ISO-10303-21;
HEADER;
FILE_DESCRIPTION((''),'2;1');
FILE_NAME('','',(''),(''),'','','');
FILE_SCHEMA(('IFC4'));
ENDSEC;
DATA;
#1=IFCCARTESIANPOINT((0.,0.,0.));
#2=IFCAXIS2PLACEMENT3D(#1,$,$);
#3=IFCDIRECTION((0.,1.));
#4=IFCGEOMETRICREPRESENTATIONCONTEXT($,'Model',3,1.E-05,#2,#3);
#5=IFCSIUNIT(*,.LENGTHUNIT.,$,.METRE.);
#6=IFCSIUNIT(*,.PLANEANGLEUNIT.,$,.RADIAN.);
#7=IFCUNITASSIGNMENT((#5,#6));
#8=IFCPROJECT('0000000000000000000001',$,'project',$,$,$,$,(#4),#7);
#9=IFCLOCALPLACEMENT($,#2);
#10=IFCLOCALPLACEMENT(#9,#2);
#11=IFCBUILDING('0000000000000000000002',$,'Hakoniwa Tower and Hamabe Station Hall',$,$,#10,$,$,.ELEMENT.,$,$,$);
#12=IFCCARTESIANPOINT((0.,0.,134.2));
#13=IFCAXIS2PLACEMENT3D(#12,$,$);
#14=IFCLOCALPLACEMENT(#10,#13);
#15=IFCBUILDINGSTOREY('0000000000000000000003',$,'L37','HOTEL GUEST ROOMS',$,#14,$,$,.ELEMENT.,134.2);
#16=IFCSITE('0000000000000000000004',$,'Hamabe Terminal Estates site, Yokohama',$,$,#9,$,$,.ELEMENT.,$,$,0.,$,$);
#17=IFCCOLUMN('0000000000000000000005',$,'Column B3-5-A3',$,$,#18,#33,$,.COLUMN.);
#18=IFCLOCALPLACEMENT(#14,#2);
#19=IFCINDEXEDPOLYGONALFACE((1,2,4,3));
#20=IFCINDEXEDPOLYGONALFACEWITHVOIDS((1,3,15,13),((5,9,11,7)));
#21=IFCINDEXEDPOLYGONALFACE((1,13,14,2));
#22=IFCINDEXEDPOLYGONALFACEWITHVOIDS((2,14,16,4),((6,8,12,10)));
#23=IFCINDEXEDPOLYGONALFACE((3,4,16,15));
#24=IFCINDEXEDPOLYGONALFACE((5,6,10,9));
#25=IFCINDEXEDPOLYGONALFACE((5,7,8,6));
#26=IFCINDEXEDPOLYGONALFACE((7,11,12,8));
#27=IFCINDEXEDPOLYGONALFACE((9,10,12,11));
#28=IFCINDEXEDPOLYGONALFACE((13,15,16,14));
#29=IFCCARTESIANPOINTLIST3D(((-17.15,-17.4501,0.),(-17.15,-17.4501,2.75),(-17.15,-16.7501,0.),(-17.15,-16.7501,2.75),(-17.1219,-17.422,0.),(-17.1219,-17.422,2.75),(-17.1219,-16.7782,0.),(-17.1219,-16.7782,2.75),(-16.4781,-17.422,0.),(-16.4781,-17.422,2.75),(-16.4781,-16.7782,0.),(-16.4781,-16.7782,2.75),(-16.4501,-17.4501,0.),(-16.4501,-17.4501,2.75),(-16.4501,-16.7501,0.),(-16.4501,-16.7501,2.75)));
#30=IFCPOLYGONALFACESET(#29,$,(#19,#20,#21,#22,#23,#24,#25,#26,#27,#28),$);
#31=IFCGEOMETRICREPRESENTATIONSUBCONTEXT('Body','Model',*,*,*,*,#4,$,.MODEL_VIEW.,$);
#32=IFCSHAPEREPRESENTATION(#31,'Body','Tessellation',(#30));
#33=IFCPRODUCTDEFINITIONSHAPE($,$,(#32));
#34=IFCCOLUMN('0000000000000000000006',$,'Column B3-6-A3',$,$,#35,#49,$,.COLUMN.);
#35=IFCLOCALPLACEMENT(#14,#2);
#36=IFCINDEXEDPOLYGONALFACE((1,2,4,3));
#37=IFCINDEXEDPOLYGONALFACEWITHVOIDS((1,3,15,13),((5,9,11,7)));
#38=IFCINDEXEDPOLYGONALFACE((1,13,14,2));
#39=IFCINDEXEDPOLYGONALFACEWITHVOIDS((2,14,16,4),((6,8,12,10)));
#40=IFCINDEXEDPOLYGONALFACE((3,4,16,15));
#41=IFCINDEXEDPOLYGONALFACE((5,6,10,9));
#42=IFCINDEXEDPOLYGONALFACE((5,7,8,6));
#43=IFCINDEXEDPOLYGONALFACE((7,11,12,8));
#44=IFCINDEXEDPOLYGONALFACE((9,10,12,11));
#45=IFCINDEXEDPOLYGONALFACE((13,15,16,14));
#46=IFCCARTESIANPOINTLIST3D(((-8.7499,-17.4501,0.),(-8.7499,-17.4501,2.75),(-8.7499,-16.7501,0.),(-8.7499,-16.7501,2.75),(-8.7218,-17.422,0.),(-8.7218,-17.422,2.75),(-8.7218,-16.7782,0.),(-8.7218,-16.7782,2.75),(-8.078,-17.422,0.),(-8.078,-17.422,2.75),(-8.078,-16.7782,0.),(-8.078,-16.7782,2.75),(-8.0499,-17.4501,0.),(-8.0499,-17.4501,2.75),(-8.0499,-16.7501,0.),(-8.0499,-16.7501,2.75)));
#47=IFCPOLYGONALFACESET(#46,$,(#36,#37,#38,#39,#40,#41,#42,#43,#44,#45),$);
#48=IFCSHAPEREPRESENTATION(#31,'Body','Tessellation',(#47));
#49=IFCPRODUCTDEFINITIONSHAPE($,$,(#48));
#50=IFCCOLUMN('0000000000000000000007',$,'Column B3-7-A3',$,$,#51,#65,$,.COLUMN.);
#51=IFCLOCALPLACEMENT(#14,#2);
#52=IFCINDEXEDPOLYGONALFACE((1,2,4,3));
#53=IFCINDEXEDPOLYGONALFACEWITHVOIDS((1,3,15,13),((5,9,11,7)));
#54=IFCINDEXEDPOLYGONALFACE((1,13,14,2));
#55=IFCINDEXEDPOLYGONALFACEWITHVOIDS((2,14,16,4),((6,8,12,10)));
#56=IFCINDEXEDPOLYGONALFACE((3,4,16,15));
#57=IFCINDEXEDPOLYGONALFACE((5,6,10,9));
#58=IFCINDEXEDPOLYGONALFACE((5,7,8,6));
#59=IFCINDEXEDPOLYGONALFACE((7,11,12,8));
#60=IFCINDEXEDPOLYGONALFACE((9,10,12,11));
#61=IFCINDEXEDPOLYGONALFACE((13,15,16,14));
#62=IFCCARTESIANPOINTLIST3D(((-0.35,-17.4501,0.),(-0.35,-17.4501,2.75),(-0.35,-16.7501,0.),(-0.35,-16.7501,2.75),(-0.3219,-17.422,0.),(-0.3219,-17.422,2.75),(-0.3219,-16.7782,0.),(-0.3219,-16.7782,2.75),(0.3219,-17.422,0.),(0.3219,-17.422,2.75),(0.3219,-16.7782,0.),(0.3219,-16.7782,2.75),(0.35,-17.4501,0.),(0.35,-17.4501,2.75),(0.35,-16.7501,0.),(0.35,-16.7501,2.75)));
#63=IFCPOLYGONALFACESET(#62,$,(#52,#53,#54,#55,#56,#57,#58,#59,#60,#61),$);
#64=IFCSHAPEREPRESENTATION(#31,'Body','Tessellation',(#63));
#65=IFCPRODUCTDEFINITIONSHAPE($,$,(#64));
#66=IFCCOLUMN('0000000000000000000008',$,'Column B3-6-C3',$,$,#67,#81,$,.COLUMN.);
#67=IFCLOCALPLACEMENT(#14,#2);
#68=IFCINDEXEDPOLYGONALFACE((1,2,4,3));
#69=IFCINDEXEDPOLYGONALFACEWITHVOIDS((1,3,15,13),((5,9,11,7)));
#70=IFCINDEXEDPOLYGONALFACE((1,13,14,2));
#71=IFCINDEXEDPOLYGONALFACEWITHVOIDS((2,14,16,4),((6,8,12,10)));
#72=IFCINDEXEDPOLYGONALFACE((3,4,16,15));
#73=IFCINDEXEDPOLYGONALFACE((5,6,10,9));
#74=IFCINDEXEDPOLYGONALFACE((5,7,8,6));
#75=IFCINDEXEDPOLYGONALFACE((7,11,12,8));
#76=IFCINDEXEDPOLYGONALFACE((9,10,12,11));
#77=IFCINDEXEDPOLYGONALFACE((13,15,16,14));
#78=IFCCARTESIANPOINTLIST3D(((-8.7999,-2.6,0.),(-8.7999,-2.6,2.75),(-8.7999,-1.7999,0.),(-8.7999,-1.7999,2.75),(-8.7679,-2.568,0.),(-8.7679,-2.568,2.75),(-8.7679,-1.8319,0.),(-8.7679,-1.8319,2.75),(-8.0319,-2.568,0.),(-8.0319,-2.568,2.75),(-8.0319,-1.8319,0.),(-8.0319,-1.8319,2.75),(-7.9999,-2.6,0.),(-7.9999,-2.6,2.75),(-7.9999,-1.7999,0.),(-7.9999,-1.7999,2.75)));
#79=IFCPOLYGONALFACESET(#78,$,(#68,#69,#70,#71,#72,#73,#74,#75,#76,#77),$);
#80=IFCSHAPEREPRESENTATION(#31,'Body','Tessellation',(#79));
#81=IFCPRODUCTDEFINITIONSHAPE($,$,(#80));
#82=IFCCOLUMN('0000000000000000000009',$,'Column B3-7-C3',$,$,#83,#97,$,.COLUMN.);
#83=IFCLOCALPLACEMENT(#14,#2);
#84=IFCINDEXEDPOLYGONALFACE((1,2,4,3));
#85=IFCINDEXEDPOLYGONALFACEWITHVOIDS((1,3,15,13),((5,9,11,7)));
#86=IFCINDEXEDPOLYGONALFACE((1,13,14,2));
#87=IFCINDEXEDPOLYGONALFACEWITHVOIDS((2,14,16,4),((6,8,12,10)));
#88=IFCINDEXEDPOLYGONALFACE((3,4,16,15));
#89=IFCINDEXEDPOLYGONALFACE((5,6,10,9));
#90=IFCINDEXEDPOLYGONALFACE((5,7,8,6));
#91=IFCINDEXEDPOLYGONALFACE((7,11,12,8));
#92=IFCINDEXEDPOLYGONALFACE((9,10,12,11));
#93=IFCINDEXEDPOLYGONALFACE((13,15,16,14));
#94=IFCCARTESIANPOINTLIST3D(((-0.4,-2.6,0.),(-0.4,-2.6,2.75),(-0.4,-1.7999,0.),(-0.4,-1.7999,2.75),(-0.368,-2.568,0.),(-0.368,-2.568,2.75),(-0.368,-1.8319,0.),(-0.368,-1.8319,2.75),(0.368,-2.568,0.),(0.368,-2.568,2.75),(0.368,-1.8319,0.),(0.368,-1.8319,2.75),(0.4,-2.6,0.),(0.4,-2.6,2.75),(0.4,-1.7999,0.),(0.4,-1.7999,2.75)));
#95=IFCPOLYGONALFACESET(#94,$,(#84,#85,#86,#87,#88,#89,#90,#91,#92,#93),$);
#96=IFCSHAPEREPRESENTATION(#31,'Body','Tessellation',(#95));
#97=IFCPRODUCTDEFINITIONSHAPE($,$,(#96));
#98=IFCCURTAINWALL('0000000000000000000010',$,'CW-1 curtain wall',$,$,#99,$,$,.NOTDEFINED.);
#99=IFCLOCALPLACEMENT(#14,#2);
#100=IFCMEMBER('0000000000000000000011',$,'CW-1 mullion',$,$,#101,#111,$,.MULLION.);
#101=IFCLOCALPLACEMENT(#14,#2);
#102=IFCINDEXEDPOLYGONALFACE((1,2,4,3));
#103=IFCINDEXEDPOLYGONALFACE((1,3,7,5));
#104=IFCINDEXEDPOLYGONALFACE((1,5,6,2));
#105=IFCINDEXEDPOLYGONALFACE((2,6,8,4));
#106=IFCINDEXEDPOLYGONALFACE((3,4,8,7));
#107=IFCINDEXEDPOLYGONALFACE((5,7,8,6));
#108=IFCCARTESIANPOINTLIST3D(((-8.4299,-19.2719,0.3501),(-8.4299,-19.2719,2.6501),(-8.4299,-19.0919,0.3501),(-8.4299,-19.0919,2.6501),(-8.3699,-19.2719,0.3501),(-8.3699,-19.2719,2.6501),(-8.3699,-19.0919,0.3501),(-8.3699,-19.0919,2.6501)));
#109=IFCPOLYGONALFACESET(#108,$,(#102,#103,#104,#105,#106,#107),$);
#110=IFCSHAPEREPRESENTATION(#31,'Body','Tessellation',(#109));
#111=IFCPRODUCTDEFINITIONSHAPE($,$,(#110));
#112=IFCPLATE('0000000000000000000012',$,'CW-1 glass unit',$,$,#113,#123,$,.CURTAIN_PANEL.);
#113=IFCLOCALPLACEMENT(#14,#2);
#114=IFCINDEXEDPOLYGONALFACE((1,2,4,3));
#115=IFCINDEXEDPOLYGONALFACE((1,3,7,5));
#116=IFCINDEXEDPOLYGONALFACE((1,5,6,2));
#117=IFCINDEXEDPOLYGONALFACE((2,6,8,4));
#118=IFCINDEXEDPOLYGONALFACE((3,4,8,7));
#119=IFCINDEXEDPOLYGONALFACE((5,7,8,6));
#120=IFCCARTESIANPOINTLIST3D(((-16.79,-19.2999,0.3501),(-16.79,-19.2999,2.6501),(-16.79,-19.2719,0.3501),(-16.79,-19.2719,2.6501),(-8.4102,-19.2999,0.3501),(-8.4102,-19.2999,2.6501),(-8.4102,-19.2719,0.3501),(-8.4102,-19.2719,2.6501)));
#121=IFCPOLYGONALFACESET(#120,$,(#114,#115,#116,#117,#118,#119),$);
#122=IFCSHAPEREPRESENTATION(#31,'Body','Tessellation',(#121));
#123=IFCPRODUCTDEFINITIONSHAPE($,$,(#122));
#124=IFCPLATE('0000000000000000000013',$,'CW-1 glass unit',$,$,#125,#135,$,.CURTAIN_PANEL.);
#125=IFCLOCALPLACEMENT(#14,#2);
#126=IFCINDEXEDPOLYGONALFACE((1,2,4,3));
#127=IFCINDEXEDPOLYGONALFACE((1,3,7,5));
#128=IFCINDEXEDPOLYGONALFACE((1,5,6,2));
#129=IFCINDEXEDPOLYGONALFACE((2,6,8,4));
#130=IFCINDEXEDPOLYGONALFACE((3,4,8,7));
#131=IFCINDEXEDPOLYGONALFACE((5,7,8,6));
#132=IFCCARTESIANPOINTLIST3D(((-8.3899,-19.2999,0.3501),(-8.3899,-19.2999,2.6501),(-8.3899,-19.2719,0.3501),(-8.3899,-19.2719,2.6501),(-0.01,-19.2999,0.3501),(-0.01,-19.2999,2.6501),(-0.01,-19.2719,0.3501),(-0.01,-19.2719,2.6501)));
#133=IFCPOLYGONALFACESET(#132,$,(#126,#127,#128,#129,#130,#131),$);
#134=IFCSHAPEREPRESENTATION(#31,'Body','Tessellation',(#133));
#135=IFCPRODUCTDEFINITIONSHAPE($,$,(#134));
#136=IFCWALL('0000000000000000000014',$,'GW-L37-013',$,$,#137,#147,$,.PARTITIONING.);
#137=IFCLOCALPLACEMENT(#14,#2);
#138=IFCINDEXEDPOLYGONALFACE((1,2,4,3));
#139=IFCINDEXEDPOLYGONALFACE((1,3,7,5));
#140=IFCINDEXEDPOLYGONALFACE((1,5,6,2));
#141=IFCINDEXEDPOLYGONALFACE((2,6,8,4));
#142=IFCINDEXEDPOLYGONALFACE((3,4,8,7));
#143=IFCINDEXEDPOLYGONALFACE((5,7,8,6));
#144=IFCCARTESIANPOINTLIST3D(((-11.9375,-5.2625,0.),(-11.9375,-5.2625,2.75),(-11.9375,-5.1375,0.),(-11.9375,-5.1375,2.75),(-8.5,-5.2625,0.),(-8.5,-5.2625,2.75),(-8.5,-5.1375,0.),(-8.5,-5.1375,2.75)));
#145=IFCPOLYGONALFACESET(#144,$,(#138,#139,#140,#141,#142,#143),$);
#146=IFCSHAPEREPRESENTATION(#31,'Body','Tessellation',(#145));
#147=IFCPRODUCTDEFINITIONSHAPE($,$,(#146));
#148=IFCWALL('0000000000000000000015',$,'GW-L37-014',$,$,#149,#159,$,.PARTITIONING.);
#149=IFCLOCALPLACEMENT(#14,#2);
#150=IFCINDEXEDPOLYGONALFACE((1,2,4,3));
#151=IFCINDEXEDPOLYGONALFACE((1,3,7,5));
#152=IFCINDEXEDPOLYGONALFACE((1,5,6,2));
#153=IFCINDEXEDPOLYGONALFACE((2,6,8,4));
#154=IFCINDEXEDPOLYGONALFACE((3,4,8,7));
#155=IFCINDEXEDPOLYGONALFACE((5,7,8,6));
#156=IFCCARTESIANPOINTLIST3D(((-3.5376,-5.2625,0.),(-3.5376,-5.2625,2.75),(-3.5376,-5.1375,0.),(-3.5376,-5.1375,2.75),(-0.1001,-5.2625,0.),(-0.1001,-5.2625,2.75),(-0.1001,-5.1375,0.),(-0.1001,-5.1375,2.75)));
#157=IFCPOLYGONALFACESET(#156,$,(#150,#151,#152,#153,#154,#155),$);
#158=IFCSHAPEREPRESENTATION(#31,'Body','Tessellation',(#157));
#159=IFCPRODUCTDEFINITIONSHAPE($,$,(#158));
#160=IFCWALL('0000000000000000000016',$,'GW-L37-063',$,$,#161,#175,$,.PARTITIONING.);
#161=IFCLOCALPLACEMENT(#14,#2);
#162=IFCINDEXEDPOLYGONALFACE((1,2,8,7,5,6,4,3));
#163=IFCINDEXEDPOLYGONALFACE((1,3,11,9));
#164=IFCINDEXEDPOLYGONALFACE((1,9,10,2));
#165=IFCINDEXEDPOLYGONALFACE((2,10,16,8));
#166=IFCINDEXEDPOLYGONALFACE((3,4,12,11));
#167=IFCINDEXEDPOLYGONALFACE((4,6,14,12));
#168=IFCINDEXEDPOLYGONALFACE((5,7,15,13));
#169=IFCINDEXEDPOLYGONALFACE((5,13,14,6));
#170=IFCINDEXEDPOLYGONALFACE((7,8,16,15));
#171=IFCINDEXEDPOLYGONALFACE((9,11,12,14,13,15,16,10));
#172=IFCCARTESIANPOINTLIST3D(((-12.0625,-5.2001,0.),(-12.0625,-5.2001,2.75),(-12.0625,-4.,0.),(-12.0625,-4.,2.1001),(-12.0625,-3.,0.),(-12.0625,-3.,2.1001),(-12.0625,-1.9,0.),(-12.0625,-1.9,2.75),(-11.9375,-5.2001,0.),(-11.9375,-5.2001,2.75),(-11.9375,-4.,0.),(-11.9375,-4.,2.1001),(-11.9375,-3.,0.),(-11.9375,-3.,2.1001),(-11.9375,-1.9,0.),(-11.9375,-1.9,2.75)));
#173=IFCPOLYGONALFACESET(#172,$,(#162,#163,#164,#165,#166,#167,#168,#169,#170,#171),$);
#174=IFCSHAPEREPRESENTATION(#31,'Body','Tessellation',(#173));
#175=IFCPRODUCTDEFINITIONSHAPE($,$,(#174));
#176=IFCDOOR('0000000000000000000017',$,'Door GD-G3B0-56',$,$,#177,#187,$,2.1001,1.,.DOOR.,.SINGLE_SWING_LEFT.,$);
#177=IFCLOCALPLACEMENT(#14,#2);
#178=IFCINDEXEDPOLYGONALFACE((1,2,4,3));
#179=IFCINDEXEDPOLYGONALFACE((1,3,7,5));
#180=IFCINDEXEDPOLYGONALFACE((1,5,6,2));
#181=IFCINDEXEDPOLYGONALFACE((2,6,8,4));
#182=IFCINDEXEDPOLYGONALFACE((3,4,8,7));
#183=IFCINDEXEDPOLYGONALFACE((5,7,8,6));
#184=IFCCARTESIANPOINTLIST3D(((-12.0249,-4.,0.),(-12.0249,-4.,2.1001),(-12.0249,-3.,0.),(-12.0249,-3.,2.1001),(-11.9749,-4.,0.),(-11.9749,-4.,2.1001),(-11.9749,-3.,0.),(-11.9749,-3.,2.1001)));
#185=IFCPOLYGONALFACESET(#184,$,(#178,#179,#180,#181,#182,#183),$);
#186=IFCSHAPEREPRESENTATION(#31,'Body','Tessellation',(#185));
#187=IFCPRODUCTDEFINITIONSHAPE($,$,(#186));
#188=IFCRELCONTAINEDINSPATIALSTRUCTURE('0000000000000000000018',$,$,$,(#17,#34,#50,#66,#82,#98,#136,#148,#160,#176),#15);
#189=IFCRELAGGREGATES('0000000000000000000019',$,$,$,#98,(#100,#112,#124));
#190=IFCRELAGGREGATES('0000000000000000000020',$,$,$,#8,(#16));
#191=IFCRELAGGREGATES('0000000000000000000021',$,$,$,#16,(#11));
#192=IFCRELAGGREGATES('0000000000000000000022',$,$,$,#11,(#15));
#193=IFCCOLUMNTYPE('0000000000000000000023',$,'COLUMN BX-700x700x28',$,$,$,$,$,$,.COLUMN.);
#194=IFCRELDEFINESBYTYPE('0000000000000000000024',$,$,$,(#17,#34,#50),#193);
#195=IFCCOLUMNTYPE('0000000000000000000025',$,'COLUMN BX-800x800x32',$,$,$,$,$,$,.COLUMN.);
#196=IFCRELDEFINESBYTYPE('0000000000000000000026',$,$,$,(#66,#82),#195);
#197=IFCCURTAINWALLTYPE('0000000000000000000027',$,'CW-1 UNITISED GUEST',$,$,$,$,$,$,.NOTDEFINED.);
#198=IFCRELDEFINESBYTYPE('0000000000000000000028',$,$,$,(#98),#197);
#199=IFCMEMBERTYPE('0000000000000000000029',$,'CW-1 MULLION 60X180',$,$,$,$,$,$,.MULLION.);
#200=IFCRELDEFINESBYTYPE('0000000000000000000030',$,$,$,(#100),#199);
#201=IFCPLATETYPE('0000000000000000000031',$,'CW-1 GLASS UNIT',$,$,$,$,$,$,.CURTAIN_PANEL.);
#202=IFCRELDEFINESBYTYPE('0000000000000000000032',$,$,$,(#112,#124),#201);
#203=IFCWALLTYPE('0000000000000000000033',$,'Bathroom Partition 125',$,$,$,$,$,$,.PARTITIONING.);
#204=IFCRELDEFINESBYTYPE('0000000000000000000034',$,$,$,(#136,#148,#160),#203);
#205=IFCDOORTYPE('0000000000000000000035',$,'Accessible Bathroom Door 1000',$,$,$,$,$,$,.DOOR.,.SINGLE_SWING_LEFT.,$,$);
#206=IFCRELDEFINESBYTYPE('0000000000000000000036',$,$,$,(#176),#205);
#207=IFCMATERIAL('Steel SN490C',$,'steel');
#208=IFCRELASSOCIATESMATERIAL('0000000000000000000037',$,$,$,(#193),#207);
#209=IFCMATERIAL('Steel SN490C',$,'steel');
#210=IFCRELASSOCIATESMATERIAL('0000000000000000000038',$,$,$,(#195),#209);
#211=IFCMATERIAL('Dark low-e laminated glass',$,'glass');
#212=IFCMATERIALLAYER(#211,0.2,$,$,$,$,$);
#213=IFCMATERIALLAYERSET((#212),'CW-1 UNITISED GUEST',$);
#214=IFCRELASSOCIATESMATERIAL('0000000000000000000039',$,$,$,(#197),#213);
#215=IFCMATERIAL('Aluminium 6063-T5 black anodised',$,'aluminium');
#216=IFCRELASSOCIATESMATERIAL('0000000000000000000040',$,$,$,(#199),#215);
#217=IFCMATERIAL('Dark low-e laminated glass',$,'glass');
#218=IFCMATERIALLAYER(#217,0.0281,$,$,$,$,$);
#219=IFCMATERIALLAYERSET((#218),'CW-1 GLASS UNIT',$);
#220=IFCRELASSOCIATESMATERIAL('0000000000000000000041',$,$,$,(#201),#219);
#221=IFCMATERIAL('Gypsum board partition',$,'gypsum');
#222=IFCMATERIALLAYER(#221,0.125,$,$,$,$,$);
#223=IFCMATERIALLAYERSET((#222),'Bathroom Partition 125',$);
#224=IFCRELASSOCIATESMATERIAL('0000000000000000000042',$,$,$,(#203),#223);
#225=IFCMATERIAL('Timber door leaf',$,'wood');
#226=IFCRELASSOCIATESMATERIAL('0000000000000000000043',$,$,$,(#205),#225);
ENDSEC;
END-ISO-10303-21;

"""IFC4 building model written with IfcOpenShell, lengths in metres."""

from ifc_helpers import new_model, si_unit, direction, frame, frame_2d, origin, origin_2d, place, context, subcontext, project, spatial, rectangle, hollow_rectangle, extrude, material, layer, layer_set, material_profile, profile_set, type_object, element, fill, aggregate, save


model = new_model("IFC4")

# Units and contexts
model_context = context("Model", 3, precision=1e-05, world=origin(), true_north=direction((0.0, 1.0)))
body_context = subcontext(model_context, "Body", "Model", "MODEL_VIEW")
ifc_project = project(units=[si_unit("LENGTHUNIT", "METRE"), si_unit("PLANEANGLEUNIT", "RADIAN")], contexts=[model_context])

# Site, building, storey
site_placement = place(None, origin())
site = spatial("IfcSite", under=ifc_project, at=site_placement, Name="Hamabe Terminal Estates site, Yokohama", CompositionType="ELEMENT", RefElevation=0.0)
building_placement = place(site_placement, origin())
building = spatial("IfcBuilding", under=site, at=building_placement, Name="Hakoniwa Tower and Hamabe Station Hall", CompositionType="ELEMENT")
storey_placement = place(building_placement, frame((0.0, 0.0, 134.2)))
storey = spatial("IfcBuildingStorey", under=building, at=storey_placement, Name="L37", Description="HOTEL GUEST ROOMS", CompositionType="ELEMENT", Elevation=134.2)

# Columns
ifc_material_1 = material(Name="Steel SN490C", Category="steel")
ifc_material_profile_1 = material_profile(ifc_material_1, hollow_rectangle(XDim=0.7, YDim=0.7, WallThickness=0.0281, at=origin_2d()), Name="BX-700x700x28")
ifc_profile_set_1 = profile_set([ifc_material_profile_1], Name="Steel SN490C")
column_type_1 = type_object("IfcColumnType", Name="COLUMN BX-700x700x28", PredefinedType="COLUMN", material=ifc_profile_set_1)
for number, where, z_axis, x_axis, name in (
    (1, (-16.8, -17.1001, 0.0), (0.0, 0.0, 1.0), (1.0, 0.0, 0.0), "Column B3-5-A3"),
    (2, (-8.3999, -17.1001, 0.0), (0.0, 0.0, 1.0), (1.0, 0.0, 0.0), "Column B3-6-A3"),
    (3, (0.0, -17.1001, 0.0), (0.0, 0.0, 1.0), (1.0, 0.0, 0.0), "Column B3-7-A3"),
):
    element("IfcColumn", number, at=place(storey_placement, frame(where, z_axis=z_axis, x_axis=x_axis)), inside=storey, type_object=column_type_1, Name=name, PredefinedType="COLUMN", context=body_context, shape_type="SweptSolid", body=[
        extrude(hollow_rectangle(XDim=0.7, YDim=0.7, WallThickness=0.0281, at=origin_2d()), origin(), (0.0, 0.0, 1.0), 2.75),
    ])
ifc_material_2 = material(Name="Steel SN490C", Category="steel")
ifc_material_profile_2 = material_profile(ifc_material_2, hollow_rectangle(XDim=0.8, YDim=0.8, WallThickness=0.032, at=origin_2d()), Name="BX-800x800x32")
ifc_profile_set_2 = profile_set([ifc_material_profile_2], Name="Steel SN490C")
column_type_2 = type_object("IfcColumnType", Name="COLUMN BX-800x800x32", PredefinedType="COLUMN", material=ifc_profile_set_2)
for number, where, z_axis, x_axis, name in (
    (4, (-8.3999, -2.2, 0.0), (0.0, 0.0, 1.0), (1.0, 0.0, 0.0), "Column B3-6-C3"),
    (5, (0.0, -2.2, 0.0), (0.0, 0.0, 1.0), (1.0, 0.0, 0.0), "Column B3-7-C3"),
):
    element("IfcColumn", number, at=place(storey_placement, frame(where, z_axis=z_axis, x_axis=x_axis)), inside=storey, type_object=column_type_2, Name=name, PredefinedType="COLUMN", context=body_context, shape_type="SweptSolid", body=[
        extrude(hollow_rectangle(XDim=0.8, YDim=0.8, WallThickness=0.032, at=origin_2d()), origin(), (0.0, 0.0, 1.0), 2.75),
    ])

# Curtain wall, member, plates
ifc_material_3 = material(Name="Dark low-e laminated glass", Category="glass")
ifc_layer_1 = layer(ifc_material_3, 0.2)
ifc_layer_set_1 = layer_set([ifc_layer_1], Name="CW-1 UNITISED GUEST")
curtain_wall_type = type_object("IfcCurtainWallType", Name="CW-1 UNITISED GUEST", PredefinedType="NOTDEFINED", material=ifc_layer_set_1)
curtain_wall_placement = place(storey_placement, origin())
curtain_wall = element("IfcCurtainWall", 6, at=curtain_wall_placement, inside=storey, type_object=curtain_wall_type, Name="CW-1 curtain wall", PredefinedType="NOTDEFINED")
ifc_material_4 = material(Name="Aluminium 6063-T5 black anodised", Category="aluminium")
ifc_material_profile_3 = material_profile(ifc_material_4, rectangle(XDim=0.0601, YDim=0.1799, at=origin_2d()), Name="CW-1 MULLION 60X180")
ifc_profile_set_3 = profile_set([ifc_material_profile_3], Name="Aluminium 6063-T5 black anodised")
member_type = type_object("IfcMemberType", Name="CW-1 MULLION 60X180", PredefinedType="MULLION", material=ifc_profile_set_3)
member_placement = place(storey_placement, frame((-8.3999, -19.1819, 0.3501), z_axis=(0.0, 0.0, 1.0), x_axis=(1.0, 0.0, 0.0)))
member = element("IfcMember", 7, at=member_placement, type_object=member_type, Name="CW-1 mullion", PredefinedType="MULLION", context=body_context, shape_type="SweptSolid", body=[
    extrude(rectangle(XDim=0.0601, YDim=0.1799, at=origin_2d()), origin(), (0.0, 0.0, 1.0), 2.3),
])
ifc_material_5 = material(Name="Dark low-e laminated glass", Category="glass")
ifc_layer_2 = layer(ifc_material_5, 0.0281)
ifc_layer_set_2 = layer_set([ifc_layer_2], Name="CW-1 GLASS UNIT")
plate_type = type_object("IfcPlateType", Name="CW-1 GLASS UNIT", PredefinedType="CURTAIN_PANEL", material=ifc_layer_set_2)
plate_1_placement = place(storey_placement, frame((-12.6001, -19.2859, 0.3501), z_axis=(0.0, 0.0, 1.0), x_axis=(1.0, 0.0, 0.0)))
plate_1 = element("IfcPlate", 8, at=plate_1_placement, type_object=plate_type, Name="CW-1 glass unit", PredefinedType="CURTAIN_PANEL", context=body_context, shape_type="SweptSolid", body=[
    extrude(rectangle(XDim=8.3799, YDim=0.0281, at=origin_2d()), origin(), (0.0, 0.0, 1.0), 2.3),
])
plate_2_placement = place(storey_placement, frame((-4.2, -19.2859, 0.3501), z_axis=(0.0, 0.0, 1.0), x_axis=(1.0, 0.0, 0.0)))
plate_2 = element("IfcPlate", 9, at=plate_2_placement, type_object=plate_type, Name="CW-1 glass unit", PredefinedType="CURTAIN_PANEL", context=body_context, shape_type="SweptSolid", body=[
    extrude(rectangle(XDim=8.3799, YDim=0.0281, at=origin_2d()), origin(), (0.0, 0.0, 1.0), 2.3),
])
aggregate(curtain_wall, [member, plate_1, plate_2])

# Walls
ifc_material_6 = material(Name="Gypsum board partition", Category="gypsum")
ifc_layer_3 = layer(ifc_material_6, 0.125)
ifc_layer_set_3 = layer_set([ifc_layer_3], Name="Bathroom Partition 125")
wall_type_1 = type_object("IfcWallType", Name="Bathroom Partition 125", PredefinedType="PARTITIONING", material=ifc_layer_set_3)
for number, where, z_axis, x_axis, name in (
    (10, (-11.9375, -5.2, 0.0), (0.0, 0.0, 1.0), (1.0, 0.0, 0.0), "GW-L37-013"),
    (11, (-3.5376, -5.2, 0.0), (0.0, 0.0, 1.0), (1.0, 0.0, 0.0), "GW-L37-014"),
):
    element("IfcWall", number, at=place(storey_placement, frame(where, z_axis=z_axis, x_axis=x_axis)), inside=storey, type_object=wall_type_1, Name=name, PredefinedType="PARTITIONING", context=body_context, shape_type="SweptSolid", body=[
        extrude(rectangle(XDim=3.4375, YDim=0.125, at=frame_2d((1.7188, 0.0))), origin(), (0.0, 0.0, 1.0), 2.75),
    ])

# Wall, opening, door
wall_1_placement = place(storey_placement, frame((-12.0, -5.2, 0.0), z_axis=(0.0, 0.0, 1.0), x_axis=(0.0, 1.0, 0.0)))
wall_1 = element("IfcWall", 12, at=wall_1_placement, inside=storey, type_object=wall_type_1, Name="GW-L37-063", PredefinedType="PARTITIONING", context=body_context, shape_type="SweptSolid", body=[
    extrude(rectangle(XDim=3.3, YDim=0.125, at=frame_2d((1.6499, 0.0))), origin(), (0.0, 0.0, 1.0), 2.75),
])
opening_1_placement = place(wall_1_placement, frame((1.2, 0.0, 0.0)))
opening_1 = element("IfcOpeningElement", 13, at=opening_1_placement, cuts=wall_1, PredefinedType="OPENING", context=body_context, shape_type="SweptSolid", body=[
    extrude(rectangle(XDim=1.0, YDim=2.1001, at=frame_2d((0.5, 1.05))), frame((0.0, 0.0725, 0.0), z_axis=(0.0, -1.0, 0.0), x_axis=(1.0, 0.0, 0.0)), (0.0, 0.0, 1.0), 0.145),
])
ifc_material_7 = material(Name="Timber door leaf", Category="wood")
door_type_1 = type_object("IfcDoorType", Name="Accessible Bathroom Door 1000", OperationType="SINGLE_SWING_LEFT", PredefinedType="DOOR", material=ifc_material_7)
door_1_placement = place(opening_1_placement, origin())
door_1 = element("IfcDoor", 14, at=door_1_placement, inside=storey, type_object=door_type_1, Name="Door GD-G3B0-56", OperationType="SINGLE_SWING_LEFT", OverallHeight=2.1001, OverallWidth=1.0, PredefinedType="DOOR", context=body_context, shape_type="SweptSolid", body=[
    extrude(rectangle(XDim=1.0, YDim=2.1001, at=frame_2d((0.5, 1.05))), frame((0.0, 0.0249, 0.0), z_axis=(0.0, -1.0, 0.0), x_axis=(1.0, 0.0, 0.0)), (0.0, 0.0, 1.0), 0.05),
])
fill(opening_1, door_1)

save(model, "model.ifc")
